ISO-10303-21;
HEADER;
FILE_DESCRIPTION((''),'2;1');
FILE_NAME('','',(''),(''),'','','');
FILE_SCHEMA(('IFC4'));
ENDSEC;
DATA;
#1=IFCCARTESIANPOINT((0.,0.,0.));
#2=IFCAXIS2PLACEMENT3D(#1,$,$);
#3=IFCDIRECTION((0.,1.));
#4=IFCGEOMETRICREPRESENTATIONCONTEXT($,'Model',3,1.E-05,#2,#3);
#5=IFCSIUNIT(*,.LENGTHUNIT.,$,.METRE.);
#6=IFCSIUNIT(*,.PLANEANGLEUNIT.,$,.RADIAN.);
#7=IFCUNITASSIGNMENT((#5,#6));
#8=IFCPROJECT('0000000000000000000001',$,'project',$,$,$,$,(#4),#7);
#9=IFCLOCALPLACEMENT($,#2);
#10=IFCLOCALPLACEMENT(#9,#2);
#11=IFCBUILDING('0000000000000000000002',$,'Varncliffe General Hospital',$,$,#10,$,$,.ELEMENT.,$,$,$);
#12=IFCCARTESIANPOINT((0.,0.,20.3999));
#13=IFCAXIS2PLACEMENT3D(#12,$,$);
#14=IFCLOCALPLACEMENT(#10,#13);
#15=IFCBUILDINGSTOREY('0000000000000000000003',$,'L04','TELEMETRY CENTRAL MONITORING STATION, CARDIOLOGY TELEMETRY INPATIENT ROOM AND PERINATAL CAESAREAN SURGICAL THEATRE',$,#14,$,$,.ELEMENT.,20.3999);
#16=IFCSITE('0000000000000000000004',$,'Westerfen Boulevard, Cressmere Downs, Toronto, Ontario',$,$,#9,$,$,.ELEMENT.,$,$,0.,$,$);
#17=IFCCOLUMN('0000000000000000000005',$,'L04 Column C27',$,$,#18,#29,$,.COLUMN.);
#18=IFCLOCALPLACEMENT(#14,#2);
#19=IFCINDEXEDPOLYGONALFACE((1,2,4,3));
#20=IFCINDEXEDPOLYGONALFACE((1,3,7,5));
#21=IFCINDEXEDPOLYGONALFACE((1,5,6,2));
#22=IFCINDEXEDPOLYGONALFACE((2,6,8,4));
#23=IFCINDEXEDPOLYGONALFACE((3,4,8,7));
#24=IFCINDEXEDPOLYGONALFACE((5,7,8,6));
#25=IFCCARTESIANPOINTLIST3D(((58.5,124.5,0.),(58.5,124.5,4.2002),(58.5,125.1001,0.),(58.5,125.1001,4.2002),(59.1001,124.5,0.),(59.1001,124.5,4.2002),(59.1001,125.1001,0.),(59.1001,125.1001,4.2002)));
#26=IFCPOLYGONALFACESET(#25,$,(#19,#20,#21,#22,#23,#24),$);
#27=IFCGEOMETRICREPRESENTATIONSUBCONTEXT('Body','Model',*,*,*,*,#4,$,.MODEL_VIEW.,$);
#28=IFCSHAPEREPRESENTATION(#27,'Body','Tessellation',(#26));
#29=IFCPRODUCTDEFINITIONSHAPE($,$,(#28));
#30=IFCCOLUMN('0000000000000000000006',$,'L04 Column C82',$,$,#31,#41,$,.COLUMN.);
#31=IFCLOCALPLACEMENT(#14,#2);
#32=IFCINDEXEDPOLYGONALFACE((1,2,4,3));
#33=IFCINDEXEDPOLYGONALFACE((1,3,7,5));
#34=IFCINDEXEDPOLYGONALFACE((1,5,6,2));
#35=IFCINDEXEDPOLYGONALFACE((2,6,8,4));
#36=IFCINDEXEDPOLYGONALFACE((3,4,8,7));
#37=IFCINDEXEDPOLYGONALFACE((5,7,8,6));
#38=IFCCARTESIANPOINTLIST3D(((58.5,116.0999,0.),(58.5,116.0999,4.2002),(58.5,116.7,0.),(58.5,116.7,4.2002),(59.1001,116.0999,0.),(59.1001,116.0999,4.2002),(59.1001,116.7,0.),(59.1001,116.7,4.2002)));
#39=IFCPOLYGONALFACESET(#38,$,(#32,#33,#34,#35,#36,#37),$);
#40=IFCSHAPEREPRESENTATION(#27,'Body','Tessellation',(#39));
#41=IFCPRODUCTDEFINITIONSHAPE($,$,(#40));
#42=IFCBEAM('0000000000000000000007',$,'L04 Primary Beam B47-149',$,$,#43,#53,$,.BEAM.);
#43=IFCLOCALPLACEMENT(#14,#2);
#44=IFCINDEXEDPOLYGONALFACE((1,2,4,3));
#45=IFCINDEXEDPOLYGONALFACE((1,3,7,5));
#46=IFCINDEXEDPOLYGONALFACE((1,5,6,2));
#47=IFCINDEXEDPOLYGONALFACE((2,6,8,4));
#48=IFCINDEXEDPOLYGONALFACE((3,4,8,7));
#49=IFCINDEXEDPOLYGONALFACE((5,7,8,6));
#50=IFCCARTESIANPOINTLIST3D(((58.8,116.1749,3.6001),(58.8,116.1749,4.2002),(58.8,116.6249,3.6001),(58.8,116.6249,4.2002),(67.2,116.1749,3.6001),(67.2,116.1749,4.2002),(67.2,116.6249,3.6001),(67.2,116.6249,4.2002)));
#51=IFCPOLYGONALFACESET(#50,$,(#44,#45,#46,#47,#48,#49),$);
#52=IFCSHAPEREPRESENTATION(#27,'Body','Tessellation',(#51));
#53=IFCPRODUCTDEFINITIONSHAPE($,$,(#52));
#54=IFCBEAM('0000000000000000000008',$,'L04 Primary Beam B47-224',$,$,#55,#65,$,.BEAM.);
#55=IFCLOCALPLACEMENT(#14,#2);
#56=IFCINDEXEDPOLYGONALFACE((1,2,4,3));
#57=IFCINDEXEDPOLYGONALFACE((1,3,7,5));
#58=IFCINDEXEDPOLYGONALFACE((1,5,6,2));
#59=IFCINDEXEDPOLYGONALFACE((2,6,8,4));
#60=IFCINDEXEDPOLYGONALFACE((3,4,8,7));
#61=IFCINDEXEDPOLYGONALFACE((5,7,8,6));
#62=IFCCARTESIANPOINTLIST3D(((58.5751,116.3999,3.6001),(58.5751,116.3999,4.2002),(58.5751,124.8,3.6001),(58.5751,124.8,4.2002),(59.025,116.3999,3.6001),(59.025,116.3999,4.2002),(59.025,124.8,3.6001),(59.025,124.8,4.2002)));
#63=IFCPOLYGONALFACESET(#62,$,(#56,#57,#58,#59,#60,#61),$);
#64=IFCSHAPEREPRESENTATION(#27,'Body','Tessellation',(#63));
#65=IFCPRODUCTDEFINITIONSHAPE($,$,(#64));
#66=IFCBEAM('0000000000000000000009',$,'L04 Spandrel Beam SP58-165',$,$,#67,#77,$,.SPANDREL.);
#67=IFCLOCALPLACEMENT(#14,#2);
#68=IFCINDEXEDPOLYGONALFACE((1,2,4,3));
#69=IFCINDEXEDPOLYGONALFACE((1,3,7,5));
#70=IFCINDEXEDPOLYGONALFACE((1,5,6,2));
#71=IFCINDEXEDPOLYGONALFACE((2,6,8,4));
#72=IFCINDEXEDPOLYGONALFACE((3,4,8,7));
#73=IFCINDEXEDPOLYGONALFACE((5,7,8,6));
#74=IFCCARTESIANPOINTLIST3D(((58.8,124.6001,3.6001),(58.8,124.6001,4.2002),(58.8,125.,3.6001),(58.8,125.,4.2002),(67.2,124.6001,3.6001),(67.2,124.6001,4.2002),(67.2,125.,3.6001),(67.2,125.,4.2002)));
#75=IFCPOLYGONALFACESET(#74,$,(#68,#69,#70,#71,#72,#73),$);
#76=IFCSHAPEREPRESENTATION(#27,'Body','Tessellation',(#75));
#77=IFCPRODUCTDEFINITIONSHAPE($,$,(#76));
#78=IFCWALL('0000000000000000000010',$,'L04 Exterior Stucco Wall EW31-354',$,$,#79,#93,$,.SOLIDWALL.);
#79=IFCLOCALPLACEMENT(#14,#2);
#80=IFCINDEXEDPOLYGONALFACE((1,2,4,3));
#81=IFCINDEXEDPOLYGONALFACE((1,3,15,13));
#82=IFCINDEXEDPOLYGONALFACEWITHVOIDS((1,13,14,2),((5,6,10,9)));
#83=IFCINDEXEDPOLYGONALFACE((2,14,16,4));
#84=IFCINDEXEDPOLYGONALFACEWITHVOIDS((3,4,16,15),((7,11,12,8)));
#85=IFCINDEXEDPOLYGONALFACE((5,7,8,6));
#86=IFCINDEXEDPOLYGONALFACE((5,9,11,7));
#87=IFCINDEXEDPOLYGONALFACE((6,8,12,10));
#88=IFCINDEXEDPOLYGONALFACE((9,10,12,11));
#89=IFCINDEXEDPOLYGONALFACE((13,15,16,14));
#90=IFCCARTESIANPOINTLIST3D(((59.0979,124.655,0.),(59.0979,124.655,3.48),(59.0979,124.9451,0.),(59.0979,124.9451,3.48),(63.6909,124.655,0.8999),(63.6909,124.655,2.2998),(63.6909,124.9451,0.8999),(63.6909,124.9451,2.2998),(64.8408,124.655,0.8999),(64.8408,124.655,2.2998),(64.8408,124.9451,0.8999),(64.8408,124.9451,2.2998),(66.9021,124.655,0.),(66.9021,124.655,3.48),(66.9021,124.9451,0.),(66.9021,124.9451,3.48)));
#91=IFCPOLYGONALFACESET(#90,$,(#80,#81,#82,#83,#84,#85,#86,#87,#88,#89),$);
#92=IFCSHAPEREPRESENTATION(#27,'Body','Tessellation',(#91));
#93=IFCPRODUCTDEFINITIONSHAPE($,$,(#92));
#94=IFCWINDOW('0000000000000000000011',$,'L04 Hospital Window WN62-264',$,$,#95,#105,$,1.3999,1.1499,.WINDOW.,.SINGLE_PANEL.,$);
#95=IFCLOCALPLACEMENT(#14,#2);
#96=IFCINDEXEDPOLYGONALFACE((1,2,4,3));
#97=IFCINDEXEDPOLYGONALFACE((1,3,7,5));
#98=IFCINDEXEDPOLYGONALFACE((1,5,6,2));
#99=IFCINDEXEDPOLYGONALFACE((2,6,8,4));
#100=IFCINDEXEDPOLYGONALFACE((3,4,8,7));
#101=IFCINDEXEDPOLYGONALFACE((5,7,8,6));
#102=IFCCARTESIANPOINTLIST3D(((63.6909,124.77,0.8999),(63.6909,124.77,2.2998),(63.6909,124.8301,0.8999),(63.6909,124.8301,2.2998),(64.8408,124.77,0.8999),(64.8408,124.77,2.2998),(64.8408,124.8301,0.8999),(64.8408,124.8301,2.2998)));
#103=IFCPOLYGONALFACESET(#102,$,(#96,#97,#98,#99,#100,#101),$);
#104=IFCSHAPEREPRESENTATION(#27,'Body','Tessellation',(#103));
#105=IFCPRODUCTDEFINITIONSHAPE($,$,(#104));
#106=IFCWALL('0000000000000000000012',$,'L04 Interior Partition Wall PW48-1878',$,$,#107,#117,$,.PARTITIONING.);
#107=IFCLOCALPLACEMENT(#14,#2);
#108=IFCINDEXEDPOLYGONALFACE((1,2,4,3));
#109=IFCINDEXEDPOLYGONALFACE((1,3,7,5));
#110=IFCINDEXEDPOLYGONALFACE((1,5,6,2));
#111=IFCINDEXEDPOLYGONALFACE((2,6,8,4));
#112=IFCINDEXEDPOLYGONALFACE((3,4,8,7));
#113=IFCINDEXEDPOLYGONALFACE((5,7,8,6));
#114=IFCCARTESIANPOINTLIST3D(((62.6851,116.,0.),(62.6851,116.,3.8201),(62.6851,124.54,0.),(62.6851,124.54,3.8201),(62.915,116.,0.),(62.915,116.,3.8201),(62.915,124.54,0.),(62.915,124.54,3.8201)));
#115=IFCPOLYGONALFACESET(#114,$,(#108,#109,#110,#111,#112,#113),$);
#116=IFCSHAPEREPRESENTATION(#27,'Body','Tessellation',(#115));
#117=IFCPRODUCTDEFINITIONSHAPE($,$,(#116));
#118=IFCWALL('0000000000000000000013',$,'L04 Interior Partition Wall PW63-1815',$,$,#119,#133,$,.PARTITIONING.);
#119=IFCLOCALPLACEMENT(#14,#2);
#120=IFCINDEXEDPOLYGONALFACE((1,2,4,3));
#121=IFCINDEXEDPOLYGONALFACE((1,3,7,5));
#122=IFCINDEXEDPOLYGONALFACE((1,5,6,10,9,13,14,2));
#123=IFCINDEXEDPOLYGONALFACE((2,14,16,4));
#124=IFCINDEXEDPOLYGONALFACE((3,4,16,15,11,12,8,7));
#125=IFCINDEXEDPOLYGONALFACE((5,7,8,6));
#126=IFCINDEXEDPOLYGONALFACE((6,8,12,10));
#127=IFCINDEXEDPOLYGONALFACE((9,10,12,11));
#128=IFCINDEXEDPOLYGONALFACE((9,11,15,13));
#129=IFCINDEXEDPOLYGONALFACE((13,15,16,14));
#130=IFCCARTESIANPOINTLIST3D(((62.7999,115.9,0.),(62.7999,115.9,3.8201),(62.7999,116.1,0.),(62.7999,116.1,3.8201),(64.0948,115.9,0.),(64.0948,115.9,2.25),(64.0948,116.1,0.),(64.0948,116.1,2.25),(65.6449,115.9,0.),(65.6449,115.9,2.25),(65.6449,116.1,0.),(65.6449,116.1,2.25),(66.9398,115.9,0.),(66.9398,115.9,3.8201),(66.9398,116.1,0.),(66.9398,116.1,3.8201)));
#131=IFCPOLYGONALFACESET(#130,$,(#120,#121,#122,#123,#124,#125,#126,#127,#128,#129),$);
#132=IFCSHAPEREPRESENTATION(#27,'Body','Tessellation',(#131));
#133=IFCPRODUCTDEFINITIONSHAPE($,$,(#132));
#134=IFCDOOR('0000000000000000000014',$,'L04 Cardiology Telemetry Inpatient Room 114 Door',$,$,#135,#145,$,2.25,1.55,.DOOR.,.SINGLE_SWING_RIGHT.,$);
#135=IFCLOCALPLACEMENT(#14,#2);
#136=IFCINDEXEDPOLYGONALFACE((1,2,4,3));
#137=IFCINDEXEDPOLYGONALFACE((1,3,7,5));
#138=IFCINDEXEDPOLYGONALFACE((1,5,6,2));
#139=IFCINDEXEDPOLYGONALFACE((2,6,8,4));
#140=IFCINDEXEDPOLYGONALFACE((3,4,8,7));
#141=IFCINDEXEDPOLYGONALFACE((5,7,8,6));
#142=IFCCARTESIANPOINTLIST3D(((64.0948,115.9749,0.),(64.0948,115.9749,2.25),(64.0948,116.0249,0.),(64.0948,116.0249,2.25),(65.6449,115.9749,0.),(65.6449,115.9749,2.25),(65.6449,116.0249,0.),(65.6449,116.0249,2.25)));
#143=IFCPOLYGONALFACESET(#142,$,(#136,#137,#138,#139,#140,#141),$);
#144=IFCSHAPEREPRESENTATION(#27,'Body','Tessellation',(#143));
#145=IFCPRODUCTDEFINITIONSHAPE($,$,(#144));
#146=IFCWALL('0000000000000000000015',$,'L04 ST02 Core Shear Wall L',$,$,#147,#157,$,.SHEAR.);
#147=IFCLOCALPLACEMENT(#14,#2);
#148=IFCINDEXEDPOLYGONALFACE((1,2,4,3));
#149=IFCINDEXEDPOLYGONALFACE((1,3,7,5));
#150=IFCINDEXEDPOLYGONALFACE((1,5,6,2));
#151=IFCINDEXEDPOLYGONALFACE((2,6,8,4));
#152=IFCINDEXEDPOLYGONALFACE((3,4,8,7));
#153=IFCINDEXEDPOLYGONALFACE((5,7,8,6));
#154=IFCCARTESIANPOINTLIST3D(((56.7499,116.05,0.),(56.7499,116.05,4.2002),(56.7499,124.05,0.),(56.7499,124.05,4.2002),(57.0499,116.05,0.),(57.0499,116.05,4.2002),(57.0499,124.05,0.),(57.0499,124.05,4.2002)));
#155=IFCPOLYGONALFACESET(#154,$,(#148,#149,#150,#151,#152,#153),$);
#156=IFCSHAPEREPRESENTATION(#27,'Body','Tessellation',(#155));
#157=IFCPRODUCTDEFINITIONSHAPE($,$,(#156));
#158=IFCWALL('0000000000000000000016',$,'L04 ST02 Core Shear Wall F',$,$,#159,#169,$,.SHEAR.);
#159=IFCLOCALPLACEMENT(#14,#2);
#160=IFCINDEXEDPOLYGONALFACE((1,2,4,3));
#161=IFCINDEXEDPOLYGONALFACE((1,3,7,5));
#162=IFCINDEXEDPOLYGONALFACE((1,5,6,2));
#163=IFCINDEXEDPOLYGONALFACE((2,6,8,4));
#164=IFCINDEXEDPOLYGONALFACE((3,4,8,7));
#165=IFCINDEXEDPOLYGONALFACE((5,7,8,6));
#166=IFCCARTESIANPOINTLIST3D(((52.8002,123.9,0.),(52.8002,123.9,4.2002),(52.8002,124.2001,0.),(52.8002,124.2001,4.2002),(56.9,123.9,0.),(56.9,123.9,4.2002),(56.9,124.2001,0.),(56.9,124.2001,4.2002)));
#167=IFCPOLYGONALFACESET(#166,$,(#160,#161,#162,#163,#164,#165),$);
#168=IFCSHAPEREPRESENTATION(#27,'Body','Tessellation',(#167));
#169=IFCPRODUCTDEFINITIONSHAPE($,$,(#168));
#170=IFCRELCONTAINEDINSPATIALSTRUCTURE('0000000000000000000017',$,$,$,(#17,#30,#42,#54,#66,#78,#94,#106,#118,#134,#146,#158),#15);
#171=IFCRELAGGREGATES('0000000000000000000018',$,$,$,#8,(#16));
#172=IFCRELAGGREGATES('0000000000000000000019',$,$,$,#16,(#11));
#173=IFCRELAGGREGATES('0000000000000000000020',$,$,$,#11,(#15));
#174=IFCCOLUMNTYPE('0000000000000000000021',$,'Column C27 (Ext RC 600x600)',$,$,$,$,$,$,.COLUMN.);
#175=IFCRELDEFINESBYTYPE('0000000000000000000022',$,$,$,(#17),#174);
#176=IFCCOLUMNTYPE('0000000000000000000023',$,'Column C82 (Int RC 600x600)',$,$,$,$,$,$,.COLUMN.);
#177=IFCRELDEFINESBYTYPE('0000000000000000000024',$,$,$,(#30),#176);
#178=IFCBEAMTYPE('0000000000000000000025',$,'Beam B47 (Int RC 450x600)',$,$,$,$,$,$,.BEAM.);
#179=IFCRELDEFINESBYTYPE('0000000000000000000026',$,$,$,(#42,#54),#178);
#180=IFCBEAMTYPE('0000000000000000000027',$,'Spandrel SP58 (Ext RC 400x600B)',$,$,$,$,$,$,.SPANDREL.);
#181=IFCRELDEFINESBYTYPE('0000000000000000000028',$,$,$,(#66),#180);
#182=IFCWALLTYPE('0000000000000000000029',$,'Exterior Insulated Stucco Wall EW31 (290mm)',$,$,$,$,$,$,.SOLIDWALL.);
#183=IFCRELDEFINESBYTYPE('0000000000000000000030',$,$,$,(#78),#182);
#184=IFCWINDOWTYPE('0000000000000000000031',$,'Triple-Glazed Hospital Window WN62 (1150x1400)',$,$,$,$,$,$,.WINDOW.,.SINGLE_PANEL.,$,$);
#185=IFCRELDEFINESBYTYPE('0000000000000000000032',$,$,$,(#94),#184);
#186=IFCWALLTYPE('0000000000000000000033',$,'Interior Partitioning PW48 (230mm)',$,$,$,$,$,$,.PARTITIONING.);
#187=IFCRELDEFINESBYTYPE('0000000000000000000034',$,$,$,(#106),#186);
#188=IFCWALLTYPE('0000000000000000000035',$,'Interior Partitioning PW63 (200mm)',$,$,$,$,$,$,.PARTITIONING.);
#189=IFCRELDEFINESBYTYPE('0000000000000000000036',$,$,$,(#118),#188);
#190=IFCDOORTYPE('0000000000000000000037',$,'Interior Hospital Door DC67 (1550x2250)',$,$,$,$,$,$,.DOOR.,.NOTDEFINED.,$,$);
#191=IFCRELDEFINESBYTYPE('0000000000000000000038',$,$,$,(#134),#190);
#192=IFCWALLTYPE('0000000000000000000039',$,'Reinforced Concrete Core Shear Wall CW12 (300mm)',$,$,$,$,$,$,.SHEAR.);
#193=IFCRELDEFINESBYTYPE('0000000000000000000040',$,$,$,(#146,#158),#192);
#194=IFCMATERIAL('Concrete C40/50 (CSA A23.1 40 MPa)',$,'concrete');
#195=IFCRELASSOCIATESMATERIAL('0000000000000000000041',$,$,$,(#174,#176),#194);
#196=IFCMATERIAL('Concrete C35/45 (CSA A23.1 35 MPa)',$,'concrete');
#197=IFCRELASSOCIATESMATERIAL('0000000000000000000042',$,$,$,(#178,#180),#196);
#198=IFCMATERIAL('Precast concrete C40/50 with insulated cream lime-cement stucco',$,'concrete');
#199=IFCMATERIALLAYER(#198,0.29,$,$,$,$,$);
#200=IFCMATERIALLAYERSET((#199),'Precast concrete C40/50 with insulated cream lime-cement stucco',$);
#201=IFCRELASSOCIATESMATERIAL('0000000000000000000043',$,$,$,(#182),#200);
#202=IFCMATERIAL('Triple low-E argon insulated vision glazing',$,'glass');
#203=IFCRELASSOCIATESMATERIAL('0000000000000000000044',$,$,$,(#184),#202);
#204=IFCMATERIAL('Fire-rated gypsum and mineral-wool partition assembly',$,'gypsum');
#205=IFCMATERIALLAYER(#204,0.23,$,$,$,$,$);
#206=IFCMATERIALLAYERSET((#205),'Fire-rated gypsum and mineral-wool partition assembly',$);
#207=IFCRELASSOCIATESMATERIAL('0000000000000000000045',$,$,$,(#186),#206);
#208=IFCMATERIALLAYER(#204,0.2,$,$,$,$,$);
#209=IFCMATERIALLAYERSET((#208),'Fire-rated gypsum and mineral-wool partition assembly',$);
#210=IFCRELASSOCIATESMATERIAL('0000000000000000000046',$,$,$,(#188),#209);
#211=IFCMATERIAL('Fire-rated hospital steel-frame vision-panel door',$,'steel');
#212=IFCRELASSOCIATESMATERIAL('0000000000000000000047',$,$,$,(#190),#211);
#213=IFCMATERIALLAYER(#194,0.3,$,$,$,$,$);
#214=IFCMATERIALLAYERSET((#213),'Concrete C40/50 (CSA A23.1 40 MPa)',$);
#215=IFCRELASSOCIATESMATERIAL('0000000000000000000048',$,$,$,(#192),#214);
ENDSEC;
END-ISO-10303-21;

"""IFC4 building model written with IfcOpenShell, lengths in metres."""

from ifc_helpers import new_model, si_unit, direction, frame, frame_2d, origin, origin_2d, place, context, subcontext, project, spatial, rectangle, extrude, material, layer, layer_set, material_profile, profile_set, type_object, element, fill, save


model = new_model("IFC4")

# Units and contexts
model_context = context("Model", 3, precision=1e-05, world=origin(), true_north=direction((0.0, 1.0)))
body_context = subcontext(model_context, "Body", "Model", "MODEL_VIEW")
ifc_project = project(units=[si_unit("LENGTHUNIT", "METRE"), si_unit("PLANEANGLEUNIT", "RADIAN")], contexts=[model_context])

# Site, building, storey
site_placement = place(None, origin())
site = spatial("IfcSite", under=ifc_project, at=site_placement, Name="Westerfen Boulevard, Cressmere Downs, Toronto, Ontario", CompositionType="ELEMENT", RefElevation=0.0)
building_placement = place(site_placement, origin())
building = spatial("IfcBuilding", under=site, at=building_placement, Name="Varncliffe General Hospital", CompositionType="ELEMENT")
storey_placement = place(building_placement, frame((0.0, 0.0, 20.3999)))
storey = spatial("IfcBuildingStorey", under=building, at=storey_placement, Name="L04", Description="TELEMETRY CENTRAL MONITORING STATION, CARDIOLOGY TELEMETRY INPATIENT ROOM AND PERINATAL CAESAREAN SURGICAL THEATRE", CompositionType="ELEMENT", Elevation=20.3999)

# Columns
ifc_material_1 = material(Name="Concrete C40/50 (CSA A23.1 40 MPa)", Category="concrete")
ifc_material_profile_1 = material_profile(ifc_material_1, rectangle(XDim=0.6001, YDim=0.6001, at=origin_2d()), Name="RC 600x600")
ifc_profile_set_1 = profile_set([ifc_material_profile_1], Name="Concrete C40/50 (CSA A23.1 40 MPa)")
column_type_1 = type_object("IfcColumnType", Name="Column C27 (Ext RC 600x600)", PredefinedType="COLUMN", material=ifc_profile_set_1)
column_1_placement = place(storey_placement, frame((58.8, 124.8, 0.0), z_axis=(0.0, 0.0, 1.0), x_axis=(1.0, 0.0, 0.0)))
element("IfcColumn", 1, at=column_1_placement, inside=storey, type_object=column_type_1, Name="L04 Column C27", PredefinedType="COLUMN", context=body_context, shape_type="SweptSolid", body=[
    extrude(rectangle(XDim=0.6001, YDim=0.6001, at=origin_2d()), origin(), (0.0, 0.0, 1.0), 4.2002),
])
ifc_material_profile_2 = material_profile(ifc_material_1, rectangle(XDim=0.6001, YDim=0.6001, at=origin_2d()), Name="RC 600x600")
ifc_profile_set_2 = profile_set([ifc_material_profile_2], Name="Concrete C40/50 (CSA A23.1 40 MPa)")
column_type_2 = type_object("IfcColumnType", Name="Column C82 (Int RC 600x600)", PredefinedType="COLUMN", material=ifc_profile_set_2)
column_2_placement = place(storey_placement, frame((58.8, 116.3999, 0.0), z_axis=(0.0, 0.0, 1.0), x_axis=(1.0, 0.0, 0.0)))
element("IfcColumn", 2, at=column_2_placement, inside=storey, type_object=column_type_2, Name="L04 Column C82", PredefinedType="COLUMN", context=body_context, shape_type="SweptSolid", body=[
    extrude(rectangle(XDim=0.6001, YDim=0.6001, at=origin_2d()), origin(), (0.0, 0.0, 1.0), 4.2002),
])

# Beams
ifc_material_2 = material(Name="Concrete C35/45 (CSA A23.1 35 MPa)", Category="concrete")
ifc_material_profile_3 = material_profile(ifc_material_2, rectangle(XDim=0.45, YDim=0.6001, at=origin_2d()), Name="RC 450x600")
ifc_profile_set_3 = profile_set([ifc_material_profile_3], Name="Concrete C35/45 (CSA A23.1 35 MPa)")
beam_type_1 = type_object("IfcBeamType", Name="Beam B47 (Int RC 450x600)", PredefinedType="BEAM", material=ifc_profile_set_3)
beam_1_placement = place(storey_placement, frame((58.8, 116.3999, 3.9001), z_axis=(1.0, 0.0, 0.0), x_axis=(0.0, 1.0, 0.0)))
element("IfcBeam", 3, at=beam_1_placement, inside=storey, type_object=beam_type_1, Name="L04 Primary Beam B47-149", PredefinedType="BEAM", context=body_context, shape_type="SweptSolid", body=[
    extrude(rectangle(XDim=0.45, YDim=0.6001, at=origin_2d()), origin(), (0.0, 0.0, 1.0), 8.3999),
])
beam_2_placement = place(storey_placement, frame((58.8, 116.3999, 3.9001), z_axis=(0.0, 1.0, 0.0), x_axis=(-1.0, 0.0, 0.0)))
element("IfcBeam", 4, at=beam_2_placement, inside=storey, type_object=beam_type_1, Name="L04 Primary Beam B47-224", PredefinedType="BEAM", context=body_context, shape_type="SweptSolid", body=[
    extrude(rectangle(XDim=0.45, YDim=0.6001, at=origin_2d()), origin(), (0.0, 0.0, 1.0), 8.4001),
])
ifc_material_profile_4 = material_profile(ifc_material_2, rectangle(XDim=0.3999, YDim=0.6001, at=origin_2d()), Name="RC 400x600")
ifc_profile_set_4 = profile_set([ifc_material_profile_4], Name="Concrete C35/45 (CSA A23.1 35 MPa)")
beam_type_2 = type_object("IfcBeamType", Name="Spandrel SP58 (Ext RC 400x600B)", PredefinedType="SPANDREL", material=ifc_profile_set_4)
beam_3_placement = place(storey_placement, frame((58.8, 124.8, 3.9001), z_axis=(1.0, 0.0, 0.0), x_axis=(0.0, 1.0, 0.0)))
element("IfcBeam", 5, at=beam_3_placement, inside=storey, type_object=beam_type_2, Name="L04 Spandrel Beam SP58-165", PredefinedType="SPANDREL", context=body_context, shape_type="SweptSolid", body=[
    extrude(rectangle(XDim=0.3999, YDim=0.6001, at=origin_2d()), origin(), (0.0, 0.0, 1.0), 8.3999),
])

# Wall, opening, window
ifc_material_3 = material(Name="Precast concrete C40/50 with insulated cream lime-cement stucco", Category="concrete")
ifc_layer_1 = layer(ifc_material_3, 0.29)
ifc_layer_set_1 = layer_set([ifc_layer_1], Name="Precast concrete C40/50 with insulated cream lime-cement stucco")
wall_type_1 = type_object("IfcWallType", Name="Exterior Insulated Stucco Wall EW31 (290mm)", PredefinedType="SOLIDWALL", material=ifc_layer_set_1)
wall_1_placement = place(storey_placement, frame((59.0979, 124.8, 0.0), z_axis=(0.0, 0.0, 1.0), x_axis=(1.0, 0.0, 0.0)))
wall_1 = element("IfcWall", 6, at=wall_1_placement, inside=storey, type_object=wall_type_1, Name="L04 Exterior Stucco Wall EW31-354", PredefinedType="SOLIDWALL", context=body_context, shape_type="SweptSolid", body=[
    extrude(rectangle(XDim=7.8042, YDim=0.29, at=frame_2d((3.9021, 0.0))), origin(), (0.0, 0.0, 1.0), 3.48),
])
opening_1_placement = place(wall_1_placement, frame((4.593, 0.0, 0.8999)))
opening_1 = element("IfcOpeningElement", 7, at=opening_1_placement, cuts=wall_1, PredefinedType="OPENING", context=body_context, shape_type="SweptSolid", body=[
    extrude(rectangle(XDim=1.1499, YDim=1.3999, at=frame_2d((0.575, 0.7))), frame((0.0, 0.155, 0.0), z_axis=(0.0, -1.0, 0.0), x_axis=(1.0, 0.0, 0.0)), (0.0, 0.0, 1.0), 0.3101),
])
ifc_material_4 = material(Name="Triple low-E argon insulated vision glazing", Category="glass")
window_type = type_object("IfcWindowType", Name="Triple-Glazed Hospital Window WN62 (1150x1400)", PartitioningType="SINGLE_PANEL", PredefinedType="WINDOW", material=ifc_material_4)
window_placement = place(opening_1_placement, origin())
window = element("IfcWindow", 8, at=window_placement, inside=storey, type_object=window_type, Name="L04 Hospital Window WN62-264", OverallHeight=1.3999, OverallWidth=1.1499, PartitioningType="SINGLE_PANEL", PredefinedType="WINDOW", context=body_context, shape_type="SweptSolid", body=[
    extrude(rectangle(XDim=1.1499, YDim=1.3999, at=frame_2d((0.575, 0.7))), frame((0.0, 0.03, 0.0), z_axis=(0.0, -1.0, 0.0), x_axis=(1.0, 0.0, 0.0)), (0.0, 0.0, 1.0), 0.0601),
])
fill(opening_1, window)

# Wall
ifc_material_5 = material(Name="Fire-rated gypsum and mineral-wool partition assembly", Category="gypsum")
ifc_layer_2 = layer(ifc_material_5, 0.23)
ifc_layer_set_2 = layer_set([ifc_layer_2], Name="Fire-rated gypsum and mineral-wool partition assembly")
wall_type_2 = type_object("IfcWallType", Name="Interior Partitioning PW48 (230mm)", PredefinedType="PARTITIONING", material=ifc_layer_set_2)
wall_2_placement = place(storey_placement, frame((62.8, 116.0, 0.0), z_axis=(0.0, 0.0, 1.0), x_axis=(0.0, 1.0, 0.0)))
element("IfcWall", 9, at=wall_2_placement, inside=storey, type_object=wall_type_2, Name="L04 Interior Partition Wall PW48-1878", PredefinedType="PARTITIONING", context=body_context, shape_type="SweptSolid", body=[
    extrude(rectangle(XDim=8.54, YDim=0.23, at=frame_2d((4.27, 0.0))), origin(), (0.0, 0.0, 1.0), 3.8201),
])

# Wall, opening, door
ifc_layer_3 = layer(ifc_material_5, 0.2)
ifc_layer_set_3 = layer_set([ifc_layer_3], Name="Fire-rated gypsum and mineral-wool partition assembly")
wall_type_3 = type_object("IfcWallType", Name="Interior Partitioning PW63 (200mm)", PredefinedType="PARTITIONING", material=ifc_layer_set_3)
wall_3_placement = place(storey_placement, frame((62.8, 116.0, 0.0), z_axis=(0.0, 0.0, 1.0), x_axis=(1.0, 0.0, 0.0)))
wall_3 = element("IfcWall", 10, at=wall_3_placement, inside=storey, type_object=wall_type_3, Name="L04 Interior Partition Wall PW63-1815", PredefinedType="PARTITIONING", context=body_context, shape_type="SweptSolid", body=[
    extrude(rectangle(XDim=4.1399, YDim=0.2, at=frame_2d((2.0698, 0.0))), origin(), (0.0, 0.0, 1.0), 3.8201),
])
opening_2_placement = place(wall_3_placement, frame((1.2949, 0.0, 0.0)))
opening_2 = element("IfcOpeningElement", 11, at=opening_2_placement, cuts=wall_3, PredefinedType="OPENING", context=body_context, shape_type="SweptSolid", body=[
    extrude(rectangle(XDim=1.55, YDim=2.25, at=frame_2d((0.7749, 1.125))), frame((0.0, 0.1099, 0.0), z_axis=(0.0, -1.0, 0.0), x_axis=(1.0, 0.0, 0.0)), (0.0, 0.0, 1.0), 0.22),
])
ifc_material_6 = material(Name="Fire-rated hospital steel-frame vision-panel door", Category="steel")
door_type = type_object("IfcDoorType", Name="Interior Hospital Door DC67 (1550x2250)", OperationType="NOTDEFINED", PredefinedType="DOOR", material=ifc_material_6)
door_placement = place(opening_2_placement, origin())
door = element("IfcDoor", 12, at=door_placement, inside=storey, type_object=door_type, Name="L04 Cardiology Telemetry Inpatient Room 114 Door", OperationType="SINGLE_SWING_RIGHT", OverallHeight=2.25, OverallWidth=1.55, PredefinedType="DOOR", context=body_context, shape_type="SweptSolid", body=[
    extrude(rectangle(XDim=1.55, YDim=2.25, at=frame_2d((0.7749, 1.125))), frame((0.0, 0.0249, 0.0), z_axis=(0.0, -1.0, 0.0), x_axis=(1.0, 0.0, 0.0)), (0.0, 0.0, 1.0), 0.05),
])
fill(opening_2, door)

# Walls
ifc_layer_4 = layer(ifc_material_1, 0.3)
ifc_layer_set_4 = layer_set([ifc_layer_4], Name="Concrete C40/50 (CSA A23.1 40 MPa)")
wall_type_4 = type_object("IfcWallType", Name="Reinforced Concrete Core Shear Wall CW12 (300mm)", PredefinedType="SHEAR", material=ifc_layer_set_4)
wall_4_placement = place(storey_placement, frame((56.8999, 116.05, 0.0), z_axis=(0.0, 0.0, 1.0), x_axis=(0.0, 1.0, 0.0)))
element("IfcWall", 13, at=wall_4_placement, inside=storey, type_object=wall_type_4, Name="L04 ST02 Core Shear Wall L", PredefinedType="SHEAR", context=body_context, shape_type="SweptSolid", body=[
    extrude(rectangle(XDim=8.0, YDim=0.3, at=frame_2d((4.0, 0.0))), origin(), (0.0, 0.0, 1.0), 4.2002),
])
wall_5_placement = place(storey_placement, frame((56.8999, 124.05, 0.0), z_axis=(0.0, 0.0, 1.0), x_axis=(-1.0, 0.0, 0.0)))
element("IfcWall", 14, at=wall_5_placement, inside=storey, type_object=wall_type_4, Name="L04 ST02 Core Shear Wall F", PredefinedType="SHEAR", context=body_context, shape_type="SweptSolid", body=[
    extrude(rectangle(XDim=4.0999, YDim=0.3, at=frame_2d((2.0498, 0.0))), origin(), (0.0, 0.0, 1.0), 4.2002),
])

save(model, "model.ifc")
